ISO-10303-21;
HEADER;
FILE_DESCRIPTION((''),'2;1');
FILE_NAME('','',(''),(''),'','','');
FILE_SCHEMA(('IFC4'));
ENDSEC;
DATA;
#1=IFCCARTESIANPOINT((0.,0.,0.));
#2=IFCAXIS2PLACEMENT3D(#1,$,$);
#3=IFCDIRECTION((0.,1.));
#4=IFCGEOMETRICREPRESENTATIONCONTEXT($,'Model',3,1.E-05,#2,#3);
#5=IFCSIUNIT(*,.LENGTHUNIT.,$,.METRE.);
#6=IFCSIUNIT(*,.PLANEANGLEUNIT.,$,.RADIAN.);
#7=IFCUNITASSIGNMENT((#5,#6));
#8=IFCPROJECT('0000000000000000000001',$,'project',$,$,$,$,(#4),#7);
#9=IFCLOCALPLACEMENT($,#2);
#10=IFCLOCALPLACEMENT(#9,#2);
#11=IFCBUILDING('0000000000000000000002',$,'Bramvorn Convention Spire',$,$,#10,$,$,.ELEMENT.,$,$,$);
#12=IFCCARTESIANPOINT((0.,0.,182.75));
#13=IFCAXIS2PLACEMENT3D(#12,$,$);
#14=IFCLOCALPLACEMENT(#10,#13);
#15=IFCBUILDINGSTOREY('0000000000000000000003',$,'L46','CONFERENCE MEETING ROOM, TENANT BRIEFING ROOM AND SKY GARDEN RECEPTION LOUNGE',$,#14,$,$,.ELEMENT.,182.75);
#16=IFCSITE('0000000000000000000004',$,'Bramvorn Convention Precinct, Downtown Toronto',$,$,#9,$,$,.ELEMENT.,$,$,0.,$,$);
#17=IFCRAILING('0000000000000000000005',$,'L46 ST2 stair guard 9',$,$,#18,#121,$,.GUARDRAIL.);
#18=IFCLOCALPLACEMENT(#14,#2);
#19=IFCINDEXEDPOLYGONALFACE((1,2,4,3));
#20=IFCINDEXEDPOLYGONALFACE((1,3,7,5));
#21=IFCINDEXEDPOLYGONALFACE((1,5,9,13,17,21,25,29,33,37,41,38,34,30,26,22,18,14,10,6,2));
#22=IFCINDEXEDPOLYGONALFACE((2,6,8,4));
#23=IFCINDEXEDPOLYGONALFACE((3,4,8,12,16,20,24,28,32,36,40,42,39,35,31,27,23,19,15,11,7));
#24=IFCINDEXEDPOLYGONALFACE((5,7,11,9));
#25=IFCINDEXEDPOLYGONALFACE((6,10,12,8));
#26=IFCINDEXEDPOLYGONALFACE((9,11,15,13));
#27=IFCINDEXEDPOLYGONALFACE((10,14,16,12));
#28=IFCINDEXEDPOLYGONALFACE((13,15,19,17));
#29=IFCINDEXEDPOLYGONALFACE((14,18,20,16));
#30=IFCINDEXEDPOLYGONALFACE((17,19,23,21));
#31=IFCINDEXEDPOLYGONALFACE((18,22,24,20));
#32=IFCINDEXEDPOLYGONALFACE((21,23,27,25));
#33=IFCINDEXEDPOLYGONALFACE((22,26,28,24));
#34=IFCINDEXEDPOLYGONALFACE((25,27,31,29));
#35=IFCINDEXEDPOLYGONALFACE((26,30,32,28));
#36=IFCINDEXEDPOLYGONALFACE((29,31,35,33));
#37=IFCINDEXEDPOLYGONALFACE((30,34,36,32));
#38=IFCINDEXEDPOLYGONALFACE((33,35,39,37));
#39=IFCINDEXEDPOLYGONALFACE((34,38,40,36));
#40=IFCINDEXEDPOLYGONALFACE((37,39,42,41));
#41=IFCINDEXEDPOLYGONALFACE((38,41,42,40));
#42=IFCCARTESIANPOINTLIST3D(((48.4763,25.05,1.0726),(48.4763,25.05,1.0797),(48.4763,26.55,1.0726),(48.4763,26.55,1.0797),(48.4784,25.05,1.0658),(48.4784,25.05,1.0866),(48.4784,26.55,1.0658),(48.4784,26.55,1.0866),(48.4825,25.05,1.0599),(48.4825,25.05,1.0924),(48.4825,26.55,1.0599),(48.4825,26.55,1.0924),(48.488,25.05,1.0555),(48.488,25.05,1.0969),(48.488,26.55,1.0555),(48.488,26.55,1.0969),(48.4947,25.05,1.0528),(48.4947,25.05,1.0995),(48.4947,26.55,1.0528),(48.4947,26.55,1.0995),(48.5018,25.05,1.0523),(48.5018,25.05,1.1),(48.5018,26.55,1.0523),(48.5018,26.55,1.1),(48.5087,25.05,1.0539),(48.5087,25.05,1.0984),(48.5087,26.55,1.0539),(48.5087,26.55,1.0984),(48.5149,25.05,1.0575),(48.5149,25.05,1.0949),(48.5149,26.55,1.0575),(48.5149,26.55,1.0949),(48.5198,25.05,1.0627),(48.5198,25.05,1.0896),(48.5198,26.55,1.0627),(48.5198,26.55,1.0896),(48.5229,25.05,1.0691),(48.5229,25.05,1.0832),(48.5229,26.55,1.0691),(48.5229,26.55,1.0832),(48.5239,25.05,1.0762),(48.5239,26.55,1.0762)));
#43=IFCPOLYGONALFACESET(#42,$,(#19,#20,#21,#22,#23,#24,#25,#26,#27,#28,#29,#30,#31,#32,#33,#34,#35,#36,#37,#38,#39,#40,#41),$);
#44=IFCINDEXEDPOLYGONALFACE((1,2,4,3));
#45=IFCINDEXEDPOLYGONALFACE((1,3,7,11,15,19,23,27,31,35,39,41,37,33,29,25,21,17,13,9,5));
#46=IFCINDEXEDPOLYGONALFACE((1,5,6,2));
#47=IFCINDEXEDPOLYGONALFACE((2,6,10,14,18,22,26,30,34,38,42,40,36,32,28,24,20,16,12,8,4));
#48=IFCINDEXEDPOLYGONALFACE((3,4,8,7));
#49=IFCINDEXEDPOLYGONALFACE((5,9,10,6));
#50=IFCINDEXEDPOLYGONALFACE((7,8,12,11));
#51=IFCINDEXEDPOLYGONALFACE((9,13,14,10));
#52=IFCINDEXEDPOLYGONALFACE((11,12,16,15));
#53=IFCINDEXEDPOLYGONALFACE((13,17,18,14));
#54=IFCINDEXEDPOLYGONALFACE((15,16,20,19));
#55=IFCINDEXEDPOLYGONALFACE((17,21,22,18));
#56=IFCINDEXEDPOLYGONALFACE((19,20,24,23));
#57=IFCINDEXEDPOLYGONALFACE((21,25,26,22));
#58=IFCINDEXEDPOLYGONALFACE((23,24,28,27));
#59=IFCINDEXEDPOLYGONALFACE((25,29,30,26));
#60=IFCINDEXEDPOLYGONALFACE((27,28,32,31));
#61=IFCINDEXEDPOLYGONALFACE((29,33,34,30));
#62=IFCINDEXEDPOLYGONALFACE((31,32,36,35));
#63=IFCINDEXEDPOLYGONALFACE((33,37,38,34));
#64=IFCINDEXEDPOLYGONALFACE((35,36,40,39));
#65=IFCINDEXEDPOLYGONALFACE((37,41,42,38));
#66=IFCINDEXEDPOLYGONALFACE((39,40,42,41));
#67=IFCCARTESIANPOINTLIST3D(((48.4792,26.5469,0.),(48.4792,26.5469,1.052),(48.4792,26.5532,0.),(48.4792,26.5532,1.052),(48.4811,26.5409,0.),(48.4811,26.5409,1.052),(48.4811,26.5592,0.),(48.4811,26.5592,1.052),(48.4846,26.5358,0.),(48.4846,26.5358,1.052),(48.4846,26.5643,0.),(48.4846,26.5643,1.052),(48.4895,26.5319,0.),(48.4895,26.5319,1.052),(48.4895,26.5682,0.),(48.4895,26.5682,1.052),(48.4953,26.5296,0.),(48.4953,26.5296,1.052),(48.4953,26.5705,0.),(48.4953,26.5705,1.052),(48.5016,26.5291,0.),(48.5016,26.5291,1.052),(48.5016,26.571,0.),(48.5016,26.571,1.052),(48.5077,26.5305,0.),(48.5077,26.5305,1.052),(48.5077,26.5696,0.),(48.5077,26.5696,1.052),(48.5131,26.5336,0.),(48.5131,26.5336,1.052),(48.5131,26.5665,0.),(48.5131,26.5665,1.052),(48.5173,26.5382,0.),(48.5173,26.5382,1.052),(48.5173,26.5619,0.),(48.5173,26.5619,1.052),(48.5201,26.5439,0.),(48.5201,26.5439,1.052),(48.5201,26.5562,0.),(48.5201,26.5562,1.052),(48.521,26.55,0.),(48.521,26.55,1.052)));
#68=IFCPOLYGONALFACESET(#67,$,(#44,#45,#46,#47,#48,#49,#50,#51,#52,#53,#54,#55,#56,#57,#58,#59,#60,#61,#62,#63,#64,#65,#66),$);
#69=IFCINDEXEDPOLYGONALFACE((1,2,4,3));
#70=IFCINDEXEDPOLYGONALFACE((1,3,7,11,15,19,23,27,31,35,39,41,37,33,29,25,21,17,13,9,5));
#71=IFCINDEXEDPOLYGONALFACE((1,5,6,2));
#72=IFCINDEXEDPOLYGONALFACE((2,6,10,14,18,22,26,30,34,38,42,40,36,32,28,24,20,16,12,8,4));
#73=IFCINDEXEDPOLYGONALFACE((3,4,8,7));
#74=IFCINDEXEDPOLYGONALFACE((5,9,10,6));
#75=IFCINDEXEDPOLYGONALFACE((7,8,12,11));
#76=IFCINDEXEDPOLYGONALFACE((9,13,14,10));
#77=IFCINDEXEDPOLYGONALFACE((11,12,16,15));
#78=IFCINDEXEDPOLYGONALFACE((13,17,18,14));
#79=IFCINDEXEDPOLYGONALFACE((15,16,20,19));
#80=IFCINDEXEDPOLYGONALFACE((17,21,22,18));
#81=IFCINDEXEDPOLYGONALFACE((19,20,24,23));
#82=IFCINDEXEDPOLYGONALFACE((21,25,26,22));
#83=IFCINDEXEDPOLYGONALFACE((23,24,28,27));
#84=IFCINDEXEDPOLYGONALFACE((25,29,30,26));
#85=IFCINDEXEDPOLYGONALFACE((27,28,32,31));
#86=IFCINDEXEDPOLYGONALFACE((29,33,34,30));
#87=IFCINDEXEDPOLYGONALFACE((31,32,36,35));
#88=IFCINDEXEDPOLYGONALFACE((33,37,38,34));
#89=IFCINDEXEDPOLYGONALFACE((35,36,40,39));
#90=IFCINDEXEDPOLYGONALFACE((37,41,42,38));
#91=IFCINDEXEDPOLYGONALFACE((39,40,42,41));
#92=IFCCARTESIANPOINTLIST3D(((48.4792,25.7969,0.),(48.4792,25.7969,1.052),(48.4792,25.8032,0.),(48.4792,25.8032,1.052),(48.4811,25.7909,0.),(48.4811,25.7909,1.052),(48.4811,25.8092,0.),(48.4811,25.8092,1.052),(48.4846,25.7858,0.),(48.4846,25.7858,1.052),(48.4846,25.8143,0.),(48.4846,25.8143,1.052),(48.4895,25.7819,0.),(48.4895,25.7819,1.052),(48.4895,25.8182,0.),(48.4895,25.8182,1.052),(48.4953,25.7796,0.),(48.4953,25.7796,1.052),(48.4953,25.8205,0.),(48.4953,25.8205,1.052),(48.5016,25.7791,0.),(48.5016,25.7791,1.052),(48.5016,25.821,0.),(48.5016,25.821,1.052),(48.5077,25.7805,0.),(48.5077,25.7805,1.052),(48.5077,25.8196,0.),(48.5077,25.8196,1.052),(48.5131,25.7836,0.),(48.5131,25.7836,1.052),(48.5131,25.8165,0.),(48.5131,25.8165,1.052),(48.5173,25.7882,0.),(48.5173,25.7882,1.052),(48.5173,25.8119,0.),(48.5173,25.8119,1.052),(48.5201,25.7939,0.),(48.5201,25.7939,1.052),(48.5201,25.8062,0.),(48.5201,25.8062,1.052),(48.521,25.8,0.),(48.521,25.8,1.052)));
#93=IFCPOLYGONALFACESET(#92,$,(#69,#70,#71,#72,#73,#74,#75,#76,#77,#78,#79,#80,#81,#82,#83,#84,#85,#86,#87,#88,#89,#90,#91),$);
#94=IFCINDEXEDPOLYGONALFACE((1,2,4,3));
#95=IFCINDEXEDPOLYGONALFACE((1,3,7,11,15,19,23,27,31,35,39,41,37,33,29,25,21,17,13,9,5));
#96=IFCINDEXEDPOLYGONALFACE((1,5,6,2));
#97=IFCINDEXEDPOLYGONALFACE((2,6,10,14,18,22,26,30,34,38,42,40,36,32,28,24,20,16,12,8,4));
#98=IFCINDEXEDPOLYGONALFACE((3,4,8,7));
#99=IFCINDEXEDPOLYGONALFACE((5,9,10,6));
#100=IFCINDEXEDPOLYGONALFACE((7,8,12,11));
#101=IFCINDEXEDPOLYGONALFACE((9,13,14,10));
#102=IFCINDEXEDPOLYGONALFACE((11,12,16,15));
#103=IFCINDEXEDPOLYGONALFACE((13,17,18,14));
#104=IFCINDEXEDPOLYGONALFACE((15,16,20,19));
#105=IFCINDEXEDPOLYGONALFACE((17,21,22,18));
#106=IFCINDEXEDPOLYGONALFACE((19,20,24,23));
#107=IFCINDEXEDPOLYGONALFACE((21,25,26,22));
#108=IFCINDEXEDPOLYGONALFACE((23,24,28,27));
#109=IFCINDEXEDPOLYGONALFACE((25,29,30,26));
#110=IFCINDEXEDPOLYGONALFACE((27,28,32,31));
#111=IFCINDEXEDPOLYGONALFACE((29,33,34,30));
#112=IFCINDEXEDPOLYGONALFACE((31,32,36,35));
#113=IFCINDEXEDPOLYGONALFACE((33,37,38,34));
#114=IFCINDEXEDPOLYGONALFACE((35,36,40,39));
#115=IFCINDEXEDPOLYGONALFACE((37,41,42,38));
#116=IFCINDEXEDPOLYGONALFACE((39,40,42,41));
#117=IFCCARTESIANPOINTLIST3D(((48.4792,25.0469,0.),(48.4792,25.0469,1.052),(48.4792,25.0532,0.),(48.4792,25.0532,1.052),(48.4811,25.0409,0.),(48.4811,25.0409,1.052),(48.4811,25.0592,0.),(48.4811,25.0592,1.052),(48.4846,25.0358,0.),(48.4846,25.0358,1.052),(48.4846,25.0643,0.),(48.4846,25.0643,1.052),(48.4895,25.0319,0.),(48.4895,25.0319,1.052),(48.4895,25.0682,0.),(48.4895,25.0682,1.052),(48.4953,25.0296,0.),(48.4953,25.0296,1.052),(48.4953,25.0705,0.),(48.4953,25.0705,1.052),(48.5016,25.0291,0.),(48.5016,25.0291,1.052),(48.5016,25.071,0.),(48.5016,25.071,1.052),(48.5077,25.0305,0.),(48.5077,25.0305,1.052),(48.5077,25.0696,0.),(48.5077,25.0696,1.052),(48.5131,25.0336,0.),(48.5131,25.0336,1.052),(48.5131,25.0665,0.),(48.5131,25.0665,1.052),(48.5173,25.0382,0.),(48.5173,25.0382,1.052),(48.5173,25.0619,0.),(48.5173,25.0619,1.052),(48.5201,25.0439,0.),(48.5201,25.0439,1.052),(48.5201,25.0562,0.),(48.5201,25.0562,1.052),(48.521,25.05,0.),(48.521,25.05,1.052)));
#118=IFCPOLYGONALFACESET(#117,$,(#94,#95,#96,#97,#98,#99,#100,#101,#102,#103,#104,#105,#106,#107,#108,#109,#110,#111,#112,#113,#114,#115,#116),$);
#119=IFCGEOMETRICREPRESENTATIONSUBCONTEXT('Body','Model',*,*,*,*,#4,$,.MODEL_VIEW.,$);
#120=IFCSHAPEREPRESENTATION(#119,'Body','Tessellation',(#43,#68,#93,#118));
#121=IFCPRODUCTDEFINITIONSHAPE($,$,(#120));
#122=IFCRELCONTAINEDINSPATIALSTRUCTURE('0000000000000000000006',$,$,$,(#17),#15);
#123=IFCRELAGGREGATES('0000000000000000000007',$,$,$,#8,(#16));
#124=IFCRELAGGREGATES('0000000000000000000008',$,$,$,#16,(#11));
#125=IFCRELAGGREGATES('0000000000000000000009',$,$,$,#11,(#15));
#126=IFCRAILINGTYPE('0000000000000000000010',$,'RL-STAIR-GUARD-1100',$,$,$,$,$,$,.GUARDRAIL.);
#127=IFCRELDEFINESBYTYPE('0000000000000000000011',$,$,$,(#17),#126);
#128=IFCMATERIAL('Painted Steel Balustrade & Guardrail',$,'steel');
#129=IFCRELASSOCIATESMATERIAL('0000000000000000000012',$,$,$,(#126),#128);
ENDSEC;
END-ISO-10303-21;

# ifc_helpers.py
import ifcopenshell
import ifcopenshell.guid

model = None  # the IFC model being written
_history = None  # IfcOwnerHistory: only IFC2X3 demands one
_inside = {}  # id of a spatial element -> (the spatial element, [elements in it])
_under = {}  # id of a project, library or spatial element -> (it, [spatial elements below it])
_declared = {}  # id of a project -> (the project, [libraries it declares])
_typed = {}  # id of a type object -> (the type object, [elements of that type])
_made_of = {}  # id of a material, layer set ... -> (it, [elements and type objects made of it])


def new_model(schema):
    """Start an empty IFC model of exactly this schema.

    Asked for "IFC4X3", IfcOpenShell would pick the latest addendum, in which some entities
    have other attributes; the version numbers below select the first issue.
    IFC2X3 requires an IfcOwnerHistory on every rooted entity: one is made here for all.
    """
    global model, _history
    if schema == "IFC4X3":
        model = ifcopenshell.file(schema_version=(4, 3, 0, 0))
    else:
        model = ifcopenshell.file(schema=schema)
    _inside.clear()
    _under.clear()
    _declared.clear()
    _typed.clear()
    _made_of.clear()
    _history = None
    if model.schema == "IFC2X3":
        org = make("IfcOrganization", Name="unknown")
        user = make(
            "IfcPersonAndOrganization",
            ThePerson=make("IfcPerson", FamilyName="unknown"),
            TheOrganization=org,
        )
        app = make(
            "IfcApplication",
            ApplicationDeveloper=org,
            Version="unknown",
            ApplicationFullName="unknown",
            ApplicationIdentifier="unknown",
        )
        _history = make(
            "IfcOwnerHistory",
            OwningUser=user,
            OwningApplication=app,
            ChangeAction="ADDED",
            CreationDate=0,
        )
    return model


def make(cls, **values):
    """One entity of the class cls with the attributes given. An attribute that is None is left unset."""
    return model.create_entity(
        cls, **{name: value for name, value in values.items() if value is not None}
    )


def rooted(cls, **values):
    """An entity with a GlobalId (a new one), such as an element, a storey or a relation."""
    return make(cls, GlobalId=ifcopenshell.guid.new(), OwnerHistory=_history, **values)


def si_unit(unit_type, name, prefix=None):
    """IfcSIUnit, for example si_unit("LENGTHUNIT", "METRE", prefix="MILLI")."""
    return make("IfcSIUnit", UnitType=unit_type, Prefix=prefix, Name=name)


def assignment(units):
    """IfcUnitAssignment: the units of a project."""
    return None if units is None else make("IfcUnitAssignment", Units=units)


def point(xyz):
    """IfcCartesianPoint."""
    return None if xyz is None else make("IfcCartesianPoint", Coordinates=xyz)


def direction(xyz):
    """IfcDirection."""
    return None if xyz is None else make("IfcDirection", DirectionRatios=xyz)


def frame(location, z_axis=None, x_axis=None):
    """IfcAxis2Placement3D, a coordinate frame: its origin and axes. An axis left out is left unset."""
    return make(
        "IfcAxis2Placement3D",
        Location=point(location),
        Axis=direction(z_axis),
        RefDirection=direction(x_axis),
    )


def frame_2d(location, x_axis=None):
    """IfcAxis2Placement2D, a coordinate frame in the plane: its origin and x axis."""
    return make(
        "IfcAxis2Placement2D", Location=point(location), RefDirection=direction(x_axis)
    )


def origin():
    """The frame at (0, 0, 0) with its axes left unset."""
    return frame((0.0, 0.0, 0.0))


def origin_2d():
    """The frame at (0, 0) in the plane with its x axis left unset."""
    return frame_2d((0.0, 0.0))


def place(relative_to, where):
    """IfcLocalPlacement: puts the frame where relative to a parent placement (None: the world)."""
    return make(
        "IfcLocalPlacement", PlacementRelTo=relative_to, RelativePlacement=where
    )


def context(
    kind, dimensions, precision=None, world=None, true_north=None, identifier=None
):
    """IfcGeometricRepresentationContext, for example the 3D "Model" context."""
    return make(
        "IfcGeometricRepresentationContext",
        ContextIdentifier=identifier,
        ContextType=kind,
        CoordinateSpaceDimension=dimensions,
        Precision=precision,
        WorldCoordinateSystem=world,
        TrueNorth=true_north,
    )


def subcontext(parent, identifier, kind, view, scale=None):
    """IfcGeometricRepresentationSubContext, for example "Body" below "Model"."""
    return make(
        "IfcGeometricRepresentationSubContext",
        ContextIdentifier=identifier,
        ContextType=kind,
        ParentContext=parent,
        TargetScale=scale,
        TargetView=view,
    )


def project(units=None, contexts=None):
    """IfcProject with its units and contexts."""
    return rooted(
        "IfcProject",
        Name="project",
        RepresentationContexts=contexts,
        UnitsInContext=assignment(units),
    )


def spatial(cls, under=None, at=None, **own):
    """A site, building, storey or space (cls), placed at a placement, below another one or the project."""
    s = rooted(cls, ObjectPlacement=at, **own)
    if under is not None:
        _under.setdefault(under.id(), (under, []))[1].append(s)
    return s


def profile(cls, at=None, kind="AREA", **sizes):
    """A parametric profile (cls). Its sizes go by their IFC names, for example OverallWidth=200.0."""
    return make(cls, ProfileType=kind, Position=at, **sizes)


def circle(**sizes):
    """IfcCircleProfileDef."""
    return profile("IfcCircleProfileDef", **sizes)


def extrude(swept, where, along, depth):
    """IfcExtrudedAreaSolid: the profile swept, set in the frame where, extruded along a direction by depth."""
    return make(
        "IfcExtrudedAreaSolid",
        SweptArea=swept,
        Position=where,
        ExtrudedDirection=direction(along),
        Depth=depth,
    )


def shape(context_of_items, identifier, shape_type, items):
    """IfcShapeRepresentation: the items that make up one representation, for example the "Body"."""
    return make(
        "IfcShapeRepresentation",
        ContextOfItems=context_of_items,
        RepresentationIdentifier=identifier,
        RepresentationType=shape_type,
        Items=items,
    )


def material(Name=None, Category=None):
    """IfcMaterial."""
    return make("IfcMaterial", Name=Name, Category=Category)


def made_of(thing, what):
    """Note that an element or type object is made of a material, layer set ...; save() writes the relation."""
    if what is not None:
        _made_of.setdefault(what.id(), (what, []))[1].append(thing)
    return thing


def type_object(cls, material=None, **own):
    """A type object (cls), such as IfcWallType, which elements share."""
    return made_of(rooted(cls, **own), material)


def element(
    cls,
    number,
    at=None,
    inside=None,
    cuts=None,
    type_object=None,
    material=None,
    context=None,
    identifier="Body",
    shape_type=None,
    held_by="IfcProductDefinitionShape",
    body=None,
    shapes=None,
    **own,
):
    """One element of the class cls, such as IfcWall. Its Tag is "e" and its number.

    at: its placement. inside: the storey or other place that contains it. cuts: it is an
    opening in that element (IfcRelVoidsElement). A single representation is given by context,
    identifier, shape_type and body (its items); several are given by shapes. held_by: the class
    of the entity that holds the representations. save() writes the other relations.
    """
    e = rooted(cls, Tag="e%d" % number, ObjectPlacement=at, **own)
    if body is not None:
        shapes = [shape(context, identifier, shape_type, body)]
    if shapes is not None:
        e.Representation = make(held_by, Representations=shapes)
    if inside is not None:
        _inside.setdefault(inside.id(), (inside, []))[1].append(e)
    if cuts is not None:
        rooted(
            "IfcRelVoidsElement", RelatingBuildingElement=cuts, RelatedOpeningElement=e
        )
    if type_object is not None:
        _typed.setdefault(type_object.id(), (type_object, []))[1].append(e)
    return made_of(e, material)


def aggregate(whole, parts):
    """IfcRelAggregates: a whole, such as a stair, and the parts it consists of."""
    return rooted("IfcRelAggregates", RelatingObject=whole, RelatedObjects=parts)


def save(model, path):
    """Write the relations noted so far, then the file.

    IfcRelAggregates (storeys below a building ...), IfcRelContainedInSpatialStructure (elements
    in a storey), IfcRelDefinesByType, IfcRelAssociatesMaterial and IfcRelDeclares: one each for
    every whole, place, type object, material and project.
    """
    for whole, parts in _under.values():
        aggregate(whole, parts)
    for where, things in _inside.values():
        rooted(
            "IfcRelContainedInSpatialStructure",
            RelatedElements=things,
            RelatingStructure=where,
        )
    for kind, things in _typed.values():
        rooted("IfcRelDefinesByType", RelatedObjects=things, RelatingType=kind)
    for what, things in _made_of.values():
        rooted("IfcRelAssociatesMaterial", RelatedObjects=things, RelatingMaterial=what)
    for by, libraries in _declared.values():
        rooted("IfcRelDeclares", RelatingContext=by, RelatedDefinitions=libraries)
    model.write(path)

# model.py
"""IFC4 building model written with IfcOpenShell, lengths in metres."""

from ifc_helpers import new_model, si_unit, direction, frame, origin, origin_2d, place, context, subcontext, project, spatial, circle, extrude, material, type_object, element, save


model = new_model("IFC4")

# Units and contexts
model_context = context("Model", 3, precision=1e-05, world=origin(), true_north=direction((0.0, 1.0)))
body_context = subcontext(model_context, "Body", "Model", "MODEL_VIEW")
ifc_project = project(units=[si_unit("LENGTHUNIT", "METRE"), si_unit("PLANEANGLEUNIT", "RADIAN")], contexts=[model_context])

# Site, building, storey
site_placement = place(None, origin())
site = spatial("IfcSite", under=ifc_project, at=site_placement, Name="Bramvorn Convention Precinct, Downtown Toronto", CompositionType="ELEMENT", RefElevation=0.0)
building_placement = place(site_placement, origin())
building = spatial("IfcBuilding", under=site, at=building_placement, Name="Bramvorn Convention Spire", CompositionType="ELEMENT")
storey_placement = place(building_placement, frame((0.0, 0.0, 182.75)))
storey = spatial("IfcBuildingStorey", under=building, at=storey_placement, Name="L46", Description="CONFERENCE MEETING ROOM, TENANT BRIEFING ROOM AND SKY GARDEN RECEPTION LOUNGE", CompositionType="ELEMENT", Elevation=182.75)

# Railing
ifc_material_1 = material(Name="Painted Steel Balustrade & Guardrail", Category="steel")
railing_type_1 = type_object("IfcRailingType", Name="RL-STAIR-GUARD-1100", PredefinedType="GUARDRAIL", material=ifc_material_1)
railing_1_placement = place(storey_placement, frame((48.5, 26.55, 0.0)))
element("IfcRailing", 1, at=railing_1_placement, inside=storey, type_object=railing_type_1, Name="L46 ST2 stair guard 9", PredefinedType="GUARDRAIL", context=body_context, shape_type="SweptSolid", body=[
    extrude(circle(Radius=0.0239, at=origin_2d()), frame((0.0, 0.0, 1.0762), z_axis=(0.0, -1.0, 0.0), x_axis=(1.0, 0.0, 0.0)), (0.0, 0.0, 1.0), 1.5),
    extrude(circle(Radius=0.021, at=origin_2d()), origin(), (0.0, 0.0, 1.0), 1.052),
    extrude(circle(Radius=0.021, at=origin_2d()), frame((0.0, -0.75, 0.0)), (0.0, 0.0, 1.0), 1.052),
    extrude(circle(Radius=0.021, at=origin_2d()), frame((0.0, -1.5, 0.0)), (0.0, 0.0, 1.0), 1.052),
])

save(model, "model.ifc")
